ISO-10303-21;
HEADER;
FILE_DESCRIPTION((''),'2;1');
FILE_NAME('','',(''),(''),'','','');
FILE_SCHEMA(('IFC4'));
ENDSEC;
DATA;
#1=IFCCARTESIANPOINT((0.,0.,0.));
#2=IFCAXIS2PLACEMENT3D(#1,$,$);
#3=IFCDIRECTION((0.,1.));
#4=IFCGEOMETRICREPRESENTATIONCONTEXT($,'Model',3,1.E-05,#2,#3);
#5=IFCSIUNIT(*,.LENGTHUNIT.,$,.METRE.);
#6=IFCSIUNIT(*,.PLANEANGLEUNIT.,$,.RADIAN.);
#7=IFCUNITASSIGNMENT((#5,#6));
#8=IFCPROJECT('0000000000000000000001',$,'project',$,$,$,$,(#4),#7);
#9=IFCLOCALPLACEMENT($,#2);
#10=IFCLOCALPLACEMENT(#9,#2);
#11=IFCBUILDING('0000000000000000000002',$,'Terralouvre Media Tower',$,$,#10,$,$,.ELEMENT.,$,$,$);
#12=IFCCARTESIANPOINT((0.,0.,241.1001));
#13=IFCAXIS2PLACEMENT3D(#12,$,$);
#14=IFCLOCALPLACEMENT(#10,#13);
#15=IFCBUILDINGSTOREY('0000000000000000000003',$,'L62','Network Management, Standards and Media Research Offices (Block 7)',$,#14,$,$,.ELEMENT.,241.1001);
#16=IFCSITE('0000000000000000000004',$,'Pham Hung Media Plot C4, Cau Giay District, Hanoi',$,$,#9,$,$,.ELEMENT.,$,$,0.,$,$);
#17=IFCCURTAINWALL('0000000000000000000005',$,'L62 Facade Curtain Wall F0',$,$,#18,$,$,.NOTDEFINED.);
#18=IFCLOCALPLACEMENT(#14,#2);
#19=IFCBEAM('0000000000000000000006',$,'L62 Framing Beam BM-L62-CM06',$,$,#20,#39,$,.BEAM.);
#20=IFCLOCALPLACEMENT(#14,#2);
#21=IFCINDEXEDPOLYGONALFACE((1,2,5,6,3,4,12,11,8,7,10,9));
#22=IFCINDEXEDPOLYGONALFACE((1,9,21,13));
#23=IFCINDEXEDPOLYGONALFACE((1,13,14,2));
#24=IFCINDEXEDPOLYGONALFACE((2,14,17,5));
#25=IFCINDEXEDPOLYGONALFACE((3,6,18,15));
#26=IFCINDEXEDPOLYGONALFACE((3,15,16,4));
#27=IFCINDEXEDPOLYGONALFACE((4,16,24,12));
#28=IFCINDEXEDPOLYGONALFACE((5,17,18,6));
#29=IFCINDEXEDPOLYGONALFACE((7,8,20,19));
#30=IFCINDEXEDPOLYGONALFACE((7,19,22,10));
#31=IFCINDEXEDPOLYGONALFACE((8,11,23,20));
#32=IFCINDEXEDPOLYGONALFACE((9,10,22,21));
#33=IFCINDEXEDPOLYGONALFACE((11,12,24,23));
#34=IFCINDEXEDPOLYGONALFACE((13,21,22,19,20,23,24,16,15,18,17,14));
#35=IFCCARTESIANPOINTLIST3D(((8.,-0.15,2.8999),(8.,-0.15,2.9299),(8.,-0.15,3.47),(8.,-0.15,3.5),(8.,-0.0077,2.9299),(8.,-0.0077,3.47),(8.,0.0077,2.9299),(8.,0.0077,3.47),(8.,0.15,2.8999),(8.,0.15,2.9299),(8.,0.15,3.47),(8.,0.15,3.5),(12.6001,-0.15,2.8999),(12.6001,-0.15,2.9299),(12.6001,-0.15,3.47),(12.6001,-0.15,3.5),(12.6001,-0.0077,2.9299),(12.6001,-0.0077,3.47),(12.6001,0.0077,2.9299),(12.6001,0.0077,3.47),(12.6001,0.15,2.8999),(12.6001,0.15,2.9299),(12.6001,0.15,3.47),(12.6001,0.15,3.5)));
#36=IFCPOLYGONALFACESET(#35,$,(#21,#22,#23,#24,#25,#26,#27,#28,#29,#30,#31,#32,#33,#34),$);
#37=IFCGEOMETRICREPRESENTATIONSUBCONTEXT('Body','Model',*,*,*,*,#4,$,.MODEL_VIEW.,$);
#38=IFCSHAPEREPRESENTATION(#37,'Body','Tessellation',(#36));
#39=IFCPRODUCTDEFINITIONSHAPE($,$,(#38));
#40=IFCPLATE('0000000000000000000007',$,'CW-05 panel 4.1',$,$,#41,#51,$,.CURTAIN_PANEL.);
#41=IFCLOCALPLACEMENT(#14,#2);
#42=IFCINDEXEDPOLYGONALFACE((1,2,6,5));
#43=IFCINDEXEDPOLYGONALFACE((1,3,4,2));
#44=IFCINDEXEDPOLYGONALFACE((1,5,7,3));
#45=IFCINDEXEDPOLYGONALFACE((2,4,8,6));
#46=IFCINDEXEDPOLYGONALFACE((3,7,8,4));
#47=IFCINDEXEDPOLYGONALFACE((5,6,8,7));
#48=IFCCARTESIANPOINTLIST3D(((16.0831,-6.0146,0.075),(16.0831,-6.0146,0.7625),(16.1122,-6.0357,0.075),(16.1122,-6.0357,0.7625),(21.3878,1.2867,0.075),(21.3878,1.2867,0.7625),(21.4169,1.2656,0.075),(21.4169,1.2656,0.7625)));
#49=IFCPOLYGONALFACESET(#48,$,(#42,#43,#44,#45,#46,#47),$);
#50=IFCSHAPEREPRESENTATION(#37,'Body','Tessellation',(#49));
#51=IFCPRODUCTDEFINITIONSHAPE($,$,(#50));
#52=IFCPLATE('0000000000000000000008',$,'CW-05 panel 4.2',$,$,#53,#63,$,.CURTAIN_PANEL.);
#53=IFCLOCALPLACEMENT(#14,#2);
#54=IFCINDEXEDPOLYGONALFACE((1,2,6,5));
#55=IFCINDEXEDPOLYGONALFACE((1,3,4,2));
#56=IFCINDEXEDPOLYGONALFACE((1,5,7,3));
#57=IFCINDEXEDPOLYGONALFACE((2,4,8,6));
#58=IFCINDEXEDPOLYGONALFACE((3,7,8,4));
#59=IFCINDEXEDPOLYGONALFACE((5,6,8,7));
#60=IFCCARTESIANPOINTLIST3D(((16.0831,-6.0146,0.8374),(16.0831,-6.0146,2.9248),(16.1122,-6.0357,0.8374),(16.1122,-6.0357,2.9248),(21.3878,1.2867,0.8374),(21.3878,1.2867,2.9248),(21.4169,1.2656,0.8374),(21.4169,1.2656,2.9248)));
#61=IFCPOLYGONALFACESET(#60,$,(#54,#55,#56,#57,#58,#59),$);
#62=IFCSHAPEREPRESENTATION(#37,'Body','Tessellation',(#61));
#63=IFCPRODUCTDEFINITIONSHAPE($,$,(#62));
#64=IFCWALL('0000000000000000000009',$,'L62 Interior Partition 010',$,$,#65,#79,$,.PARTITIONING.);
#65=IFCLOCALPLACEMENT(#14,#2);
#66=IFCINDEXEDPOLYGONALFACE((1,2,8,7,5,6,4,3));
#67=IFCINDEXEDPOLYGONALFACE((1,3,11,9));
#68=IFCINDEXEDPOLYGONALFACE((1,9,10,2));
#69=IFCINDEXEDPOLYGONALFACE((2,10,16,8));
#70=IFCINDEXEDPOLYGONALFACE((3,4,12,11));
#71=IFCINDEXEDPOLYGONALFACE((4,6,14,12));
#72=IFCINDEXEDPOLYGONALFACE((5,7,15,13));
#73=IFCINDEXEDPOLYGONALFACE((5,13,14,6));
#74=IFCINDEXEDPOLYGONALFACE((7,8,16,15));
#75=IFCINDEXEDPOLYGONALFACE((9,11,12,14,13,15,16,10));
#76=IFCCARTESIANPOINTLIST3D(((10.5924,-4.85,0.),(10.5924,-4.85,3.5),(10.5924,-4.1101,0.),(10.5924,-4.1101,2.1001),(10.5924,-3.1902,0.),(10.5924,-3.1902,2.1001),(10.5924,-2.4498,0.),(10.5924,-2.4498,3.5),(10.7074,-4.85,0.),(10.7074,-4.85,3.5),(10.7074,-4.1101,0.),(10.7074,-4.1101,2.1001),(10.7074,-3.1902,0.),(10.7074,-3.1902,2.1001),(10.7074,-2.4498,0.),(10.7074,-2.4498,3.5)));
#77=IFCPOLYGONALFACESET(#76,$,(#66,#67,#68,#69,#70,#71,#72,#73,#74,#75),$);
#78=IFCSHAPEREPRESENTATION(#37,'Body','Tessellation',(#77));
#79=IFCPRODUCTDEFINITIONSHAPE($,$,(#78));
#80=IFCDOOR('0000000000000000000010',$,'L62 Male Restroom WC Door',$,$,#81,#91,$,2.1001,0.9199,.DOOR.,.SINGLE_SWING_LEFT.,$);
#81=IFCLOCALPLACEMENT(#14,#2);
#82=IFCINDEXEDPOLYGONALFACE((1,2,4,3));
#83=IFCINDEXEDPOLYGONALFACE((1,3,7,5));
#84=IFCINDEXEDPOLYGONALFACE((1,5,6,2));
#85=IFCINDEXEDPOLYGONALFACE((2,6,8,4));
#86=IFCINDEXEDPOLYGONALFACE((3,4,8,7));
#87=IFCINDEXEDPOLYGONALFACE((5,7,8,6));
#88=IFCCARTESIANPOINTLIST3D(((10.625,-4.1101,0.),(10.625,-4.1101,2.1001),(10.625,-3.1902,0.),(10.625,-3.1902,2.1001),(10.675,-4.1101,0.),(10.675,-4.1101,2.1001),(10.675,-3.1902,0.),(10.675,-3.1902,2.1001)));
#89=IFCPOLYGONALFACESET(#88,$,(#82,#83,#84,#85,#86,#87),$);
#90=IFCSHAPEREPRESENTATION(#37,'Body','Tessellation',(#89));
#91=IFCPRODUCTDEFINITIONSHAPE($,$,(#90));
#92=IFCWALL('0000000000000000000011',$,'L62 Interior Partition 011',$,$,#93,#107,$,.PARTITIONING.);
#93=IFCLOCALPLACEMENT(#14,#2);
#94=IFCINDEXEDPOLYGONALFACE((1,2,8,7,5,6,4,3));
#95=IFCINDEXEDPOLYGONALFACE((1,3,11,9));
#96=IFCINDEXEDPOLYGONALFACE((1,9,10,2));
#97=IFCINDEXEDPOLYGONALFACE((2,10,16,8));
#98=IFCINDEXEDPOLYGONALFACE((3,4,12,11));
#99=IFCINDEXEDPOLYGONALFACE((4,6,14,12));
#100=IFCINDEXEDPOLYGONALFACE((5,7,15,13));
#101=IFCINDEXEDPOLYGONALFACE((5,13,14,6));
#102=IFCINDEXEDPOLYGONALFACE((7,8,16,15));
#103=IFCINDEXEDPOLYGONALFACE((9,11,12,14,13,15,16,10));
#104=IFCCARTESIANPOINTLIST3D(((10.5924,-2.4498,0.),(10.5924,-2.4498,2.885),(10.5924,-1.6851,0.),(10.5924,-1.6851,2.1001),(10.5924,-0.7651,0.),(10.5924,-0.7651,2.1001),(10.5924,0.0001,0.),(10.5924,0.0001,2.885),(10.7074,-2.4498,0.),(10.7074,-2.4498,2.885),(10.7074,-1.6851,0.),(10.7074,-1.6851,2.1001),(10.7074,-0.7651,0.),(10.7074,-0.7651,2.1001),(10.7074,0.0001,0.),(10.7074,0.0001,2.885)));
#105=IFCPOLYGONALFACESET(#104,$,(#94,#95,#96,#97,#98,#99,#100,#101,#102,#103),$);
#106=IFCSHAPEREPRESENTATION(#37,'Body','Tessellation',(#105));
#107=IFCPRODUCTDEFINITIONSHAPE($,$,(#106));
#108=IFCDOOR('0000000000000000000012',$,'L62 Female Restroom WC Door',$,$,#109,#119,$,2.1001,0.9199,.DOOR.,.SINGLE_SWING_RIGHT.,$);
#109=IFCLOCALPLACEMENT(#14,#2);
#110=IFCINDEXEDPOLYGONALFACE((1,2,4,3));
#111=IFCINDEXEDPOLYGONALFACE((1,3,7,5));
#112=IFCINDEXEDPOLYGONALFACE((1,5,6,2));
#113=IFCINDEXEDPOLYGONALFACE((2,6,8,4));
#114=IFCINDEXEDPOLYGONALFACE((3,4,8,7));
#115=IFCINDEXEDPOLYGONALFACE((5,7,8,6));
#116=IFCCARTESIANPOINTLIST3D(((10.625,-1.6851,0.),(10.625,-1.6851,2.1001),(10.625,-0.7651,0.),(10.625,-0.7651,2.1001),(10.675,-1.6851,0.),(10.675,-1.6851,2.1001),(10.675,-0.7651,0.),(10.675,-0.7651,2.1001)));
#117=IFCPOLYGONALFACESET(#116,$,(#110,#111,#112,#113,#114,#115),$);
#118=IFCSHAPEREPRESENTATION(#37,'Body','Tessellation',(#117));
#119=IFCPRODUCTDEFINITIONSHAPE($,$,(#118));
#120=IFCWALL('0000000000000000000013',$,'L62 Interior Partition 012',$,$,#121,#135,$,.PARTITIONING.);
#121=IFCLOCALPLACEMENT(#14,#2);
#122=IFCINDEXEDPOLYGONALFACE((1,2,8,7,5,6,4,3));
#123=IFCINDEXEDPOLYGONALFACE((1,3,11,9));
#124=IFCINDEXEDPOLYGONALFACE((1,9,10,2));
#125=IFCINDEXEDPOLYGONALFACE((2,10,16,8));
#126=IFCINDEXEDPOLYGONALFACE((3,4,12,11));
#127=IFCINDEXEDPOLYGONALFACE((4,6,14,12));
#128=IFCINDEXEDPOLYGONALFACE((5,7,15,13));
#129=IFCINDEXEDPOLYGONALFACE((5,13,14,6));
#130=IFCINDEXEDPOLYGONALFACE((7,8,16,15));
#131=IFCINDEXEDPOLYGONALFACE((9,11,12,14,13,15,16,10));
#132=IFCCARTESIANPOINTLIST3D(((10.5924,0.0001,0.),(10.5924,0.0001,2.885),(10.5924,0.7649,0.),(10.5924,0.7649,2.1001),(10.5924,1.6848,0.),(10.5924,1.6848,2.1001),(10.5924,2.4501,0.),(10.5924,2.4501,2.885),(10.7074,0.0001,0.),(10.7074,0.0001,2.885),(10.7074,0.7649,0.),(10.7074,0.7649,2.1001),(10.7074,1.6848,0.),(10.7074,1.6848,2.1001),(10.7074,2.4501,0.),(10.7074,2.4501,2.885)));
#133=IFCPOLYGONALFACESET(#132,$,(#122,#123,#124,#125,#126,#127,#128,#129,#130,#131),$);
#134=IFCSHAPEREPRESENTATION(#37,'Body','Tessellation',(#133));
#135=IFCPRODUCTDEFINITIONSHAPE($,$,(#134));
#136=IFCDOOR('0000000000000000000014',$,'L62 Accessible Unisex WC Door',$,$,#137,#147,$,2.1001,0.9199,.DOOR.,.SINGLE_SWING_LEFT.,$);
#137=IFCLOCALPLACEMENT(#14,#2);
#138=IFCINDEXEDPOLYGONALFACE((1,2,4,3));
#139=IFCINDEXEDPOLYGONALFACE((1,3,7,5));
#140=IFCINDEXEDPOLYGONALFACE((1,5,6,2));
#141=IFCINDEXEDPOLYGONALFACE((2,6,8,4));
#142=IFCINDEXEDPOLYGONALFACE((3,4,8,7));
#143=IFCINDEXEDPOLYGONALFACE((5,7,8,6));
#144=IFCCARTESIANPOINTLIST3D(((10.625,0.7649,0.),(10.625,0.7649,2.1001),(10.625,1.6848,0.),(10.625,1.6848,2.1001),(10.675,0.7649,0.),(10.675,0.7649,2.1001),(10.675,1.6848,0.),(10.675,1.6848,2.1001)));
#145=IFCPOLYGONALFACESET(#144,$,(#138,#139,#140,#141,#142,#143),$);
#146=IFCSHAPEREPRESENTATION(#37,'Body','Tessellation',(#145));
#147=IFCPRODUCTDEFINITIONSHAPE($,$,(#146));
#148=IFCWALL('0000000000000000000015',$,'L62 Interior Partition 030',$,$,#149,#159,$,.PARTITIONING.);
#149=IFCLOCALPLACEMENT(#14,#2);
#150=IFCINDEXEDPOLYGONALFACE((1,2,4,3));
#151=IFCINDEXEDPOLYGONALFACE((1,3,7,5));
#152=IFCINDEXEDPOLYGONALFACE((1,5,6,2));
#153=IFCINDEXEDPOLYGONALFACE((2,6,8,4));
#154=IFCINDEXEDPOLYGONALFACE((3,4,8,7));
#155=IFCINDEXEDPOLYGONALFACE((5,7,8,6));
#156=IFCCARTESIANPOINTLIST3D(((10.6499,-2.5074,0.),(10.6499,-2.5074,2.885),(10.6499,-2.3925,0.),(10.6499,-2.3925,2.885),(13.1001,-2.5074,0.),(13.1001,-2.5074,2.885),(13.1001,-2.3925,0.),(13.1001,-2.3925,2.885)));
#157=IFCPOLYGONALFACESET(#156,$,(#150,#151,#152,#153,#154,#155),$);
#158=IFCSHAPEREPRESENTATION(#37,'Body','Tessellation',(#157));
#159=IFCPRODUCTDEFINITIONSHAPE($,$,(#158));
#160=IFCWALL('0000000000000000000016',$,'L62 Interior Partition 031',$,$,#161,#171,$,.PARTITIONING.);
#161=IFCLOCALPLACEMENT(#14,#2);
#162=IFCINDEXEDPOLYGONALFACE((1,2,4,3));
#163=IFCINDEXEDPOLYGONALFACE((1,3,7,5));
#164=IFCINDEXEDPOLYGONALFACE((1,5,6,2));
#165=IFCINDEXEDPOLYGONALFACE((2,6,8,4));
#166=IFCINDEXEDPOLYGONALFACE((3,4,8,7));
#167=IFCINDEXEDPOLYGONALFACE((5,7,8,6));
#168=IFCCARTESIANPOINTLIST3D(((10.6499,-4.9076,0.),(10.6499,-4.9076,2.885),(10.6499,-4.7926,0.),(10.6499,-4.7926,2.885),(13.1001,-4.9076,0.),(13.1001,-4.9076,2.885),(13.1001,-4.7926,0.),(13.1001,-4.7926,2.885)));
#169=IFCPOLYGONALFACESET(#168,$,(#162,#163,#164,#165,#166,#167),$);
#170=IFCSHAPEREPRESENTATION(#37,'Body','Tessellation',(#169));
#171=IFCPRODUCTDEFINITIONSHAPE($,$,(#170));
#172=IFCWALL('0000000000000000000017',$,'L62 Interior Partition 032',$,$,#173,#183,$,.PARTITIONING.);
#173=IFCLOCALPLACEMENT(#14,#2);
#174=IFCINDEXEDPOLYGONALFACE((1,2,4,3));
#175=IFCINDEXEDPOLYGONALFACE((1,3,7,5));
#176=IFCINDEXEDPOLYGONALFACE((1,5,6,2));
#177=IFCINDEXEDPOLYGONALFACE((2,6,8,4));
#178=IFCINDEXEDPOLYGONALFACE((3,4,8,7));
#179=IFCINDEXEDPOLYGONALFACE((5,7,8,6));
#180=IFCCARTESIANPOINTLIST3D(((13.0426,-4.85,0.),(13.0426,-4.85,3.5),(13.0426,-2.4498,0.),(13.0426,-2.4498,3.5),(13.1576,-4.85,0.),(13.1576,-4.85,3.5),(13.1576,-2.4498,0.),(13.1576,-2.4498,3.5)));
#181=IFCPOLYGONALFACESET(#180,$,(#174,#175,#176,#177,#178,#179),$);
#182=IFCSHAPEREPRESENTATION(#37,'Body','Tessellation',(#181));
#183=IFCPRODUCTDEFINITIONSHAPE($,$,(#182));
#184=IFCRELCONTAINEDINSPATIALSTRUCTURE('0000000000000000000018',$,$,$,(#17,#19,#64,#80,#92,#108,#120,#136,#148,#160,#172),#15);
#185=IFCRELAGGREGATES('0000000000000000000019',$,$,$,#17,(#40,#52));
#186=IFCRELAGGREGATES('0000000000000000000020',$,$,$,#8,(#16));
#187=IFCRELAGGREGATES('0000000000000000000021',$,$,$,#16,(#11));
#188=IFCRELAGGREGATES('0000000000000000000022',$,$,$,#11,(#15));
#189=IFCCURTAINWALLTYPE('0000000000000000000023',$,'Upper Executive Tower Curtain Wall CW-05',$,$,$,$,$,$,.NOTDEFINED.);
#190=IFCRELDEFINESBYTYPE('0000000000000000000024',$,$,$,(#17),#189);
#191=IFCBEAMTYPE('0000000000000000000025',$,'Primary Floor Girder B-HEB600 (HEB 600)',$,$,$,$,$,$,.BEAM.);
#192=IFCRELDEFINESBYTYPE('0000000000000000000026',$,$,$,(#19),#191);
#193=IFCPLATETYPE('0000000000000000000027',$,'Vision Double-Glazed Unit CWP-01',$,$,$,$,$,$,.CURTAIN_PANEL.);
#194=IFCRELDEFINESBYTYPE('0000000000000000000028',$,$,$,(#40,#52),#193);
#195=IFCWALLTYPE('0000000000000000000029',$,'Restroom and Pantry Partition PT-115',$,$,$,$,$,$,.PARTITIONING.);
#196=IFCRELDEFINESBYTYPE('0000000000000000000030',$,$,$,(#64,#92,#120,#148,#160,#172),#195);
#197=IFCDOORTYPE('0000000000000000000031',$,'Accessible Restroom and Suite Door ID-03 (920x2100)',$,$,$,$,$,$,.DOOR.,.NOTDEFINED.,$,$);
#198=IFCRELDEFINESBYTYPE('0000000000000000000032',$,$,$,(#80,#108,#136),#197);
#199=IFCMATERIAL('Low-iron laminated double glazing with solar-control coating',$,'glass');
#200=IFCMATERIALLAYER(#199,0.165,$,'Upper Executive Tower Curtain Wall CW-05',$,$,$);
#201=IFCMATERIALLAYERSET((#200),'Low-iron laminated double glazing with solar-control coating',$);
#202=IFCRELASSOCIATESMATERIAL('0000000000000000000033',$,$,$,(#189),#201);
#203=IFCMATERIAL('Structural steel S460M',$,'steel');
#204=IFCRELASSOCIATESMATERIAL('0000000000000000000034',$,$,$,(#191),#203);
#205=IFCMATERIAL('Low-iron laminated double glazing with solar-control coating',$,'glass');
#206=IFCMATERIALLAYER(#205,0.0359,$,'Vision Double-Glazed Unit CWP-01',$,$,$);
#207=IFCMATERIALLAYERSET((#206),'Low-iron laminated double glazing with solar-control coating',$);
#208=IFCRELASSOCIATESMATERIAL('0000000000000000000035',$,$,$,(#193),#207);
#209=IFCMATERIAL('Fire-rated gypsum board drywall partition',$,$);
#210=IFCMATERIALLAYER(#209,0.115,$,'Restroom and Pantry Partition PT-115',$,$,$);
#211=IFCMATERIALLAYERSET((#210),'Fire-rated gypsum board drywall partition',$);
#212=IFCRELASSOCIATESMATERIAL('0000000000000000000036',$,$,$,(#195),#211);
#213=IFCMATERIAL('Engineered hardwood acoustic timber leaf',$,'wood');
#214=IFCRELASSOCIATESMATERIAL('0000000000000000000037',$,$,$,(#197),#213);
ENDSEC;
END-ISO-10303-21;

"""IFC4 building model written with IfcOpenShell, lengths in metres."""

from ifc_helpers import new_model, si_unit, direction, frame, frame_2d, origin, origin_2d, place, context, subcontext, project, spatial, rectangle, i_section, extrude, material, layer, layer_set, material_profile, profile_set, type_object, element, fill, aggregate, save


model = new_model("IFC4")

# Units and contexts
model_context = context("Model", 3, precision=1e-05, world=origin(), true_north=direction((0.0, 1.0)))
body_context = subcontext(model_context, "Body", "Model", "MODEL_VIEW")
ifc_project = project(units=[si_unit("LENGTHUNIT", "METRE"), si_unit("PLANEANGLEUNIT", "RADIAN")], contexts=[model_context])

# Site, building, storey
site_placement = place(None, origin())
site = spatial("IfcSite", under=ifc_project, at=site_placement, Name="Pham Hung Media Plot C4, Cau Giay District, Hanoi", CompositionType="ELEMENT", RefElevation=0.0)
building_placement = place(site_placement, origin())
building = spatial("IfcBuilding", under=site, at=building_placement, Name="Terralouvre Media Tower", CompositionType="ELEMENT")
storey_placement = place(building_placement, frame((0.0, 0.0, 241.1001)))
storey = spatial("IfcBuildingStorey", under=building, at=storey_placement, Name="L62", Description="Network Management, Standards and Media Research Offices (Block 7)", CompositionType="ELEMENT", Elevation=241.1001)

# Curtain wall
ifc_material_1 = material(Name="Low-iron laminated double glazing with solar-control coating", Category="glass")
ifc_layer_1 = layer(ifc_material_1, 0.165, Name="Upper Executive Tower Curtain Wall CW-05")
ifc_layer_set_1 = layer_set([ifc_layer_1], Name="Low-iron laminated double glazing with solar-control coating")
curtain_wall_type = type_object("IfcCurtainWallType", Name="Upper Executive Tower Curtain Wall CW-05", PredefinedType="NOTDEFINED", material=ifc_layer_set_1)
curtain_wall_placement = place(storey_placement, origin())
curtain_wall = element("IfcCurtainWall", 1, at=curtain_wall_placement, inside=storey, type_object=curtain_wall_type, Name="L62 Facade Curtain Wall F0", PredefinedType="NOTDEFINED")

# Beam
ifc_material_2 = material(Name="Structural steel S460M", Category="steel")
ifc_material_profile_1 = material_profile(ifc_material_2, i_section(OverallWidth=0.3, OverallDepth=0.6001, WebThickness=0.0154, FlangeThickness=0.03, at=origin_2d()), Name="HEB 600")
ifc_profile_set_1 = profile_set([ifc_material_profile_1], Name="Structural steel S460M")
beam_type_1 = type_object("IfcBeamType", Name="Primary Floor Girder B-HEB600 (HEB 600)", PredefinedType="BEAM", material=ifc_profile_set_1)
beam_1_placement = place(storey_placement, frame((8.0, 0.0, 3.2), z_axis=(1.0, 0.0, 0.0), x_axis=(0.0, 1.0, 0.0)))
element("IfcBeam", 2, at=beam_1_placement, inside=storey, type_object=beam_type_1, Name="L62 Framing Beam BM-L62-CM06", PredefinedType="BEAM", context=body_context, shape_type="SweptSolid", body=[
    extrude(i_section(OverallWidth=0.3, OverallDepth=0.6001, WebThickness=0.0154, FlangeThickness=0.03, at=origin_2d()), origin(), (0.0, 0.0, 1.0), 4.6001),
])

# Plates
ifc_material_3 = material(Name="Low-iron laminated double glazing with solar-control coating", Category="glass")
ifc_layer_2 = layer(ifc_material_3, 0.0359, Name="Vision Double-Glazed Unit CWP-01")
ifc_layer_set_2 = layer_set([ifc_layer_2], Name="Low-iron laminated double glazing with solar-control coating")
plate_type = type_object("IfcPlateType", Name="Vision Double-Glazed Unit CWP-01", PredefinedType="CURTAIN_PANEL", material=ifc_layer_set_2)
plate_1_placement = place(storey_placement, frame((18.75, -2.3745, 0.075), z_axis=(0.0, 0.0, 1.0), x_axis=(0.587785, 0.809017, 0.0)))
plate_1 = element("IfcPlate", 3, at=plate_1_placement, type_object=plate_type, Name="CW-05 panel 4.1", PredefinedType="CURTAIN_PANEL", context=body_context, shape_type="SweptSolid", body=[
    extrude(rectangle(XDim=9.0249, YDim=0.0359, at=origin_2d()), origin(), (0.0, 0.0, 1.0), 0.6875),
])
plate_2_placement = place(storey_placement, frame((18.75, -2.3745, 0.8374), z_axis=(0.0, 0.0, 1.0), x_axis=(0.587785, 0.809017, 0.0)))
plate_2 = element("IfcPlate", 4, at=plate_2_placement, type_object=plate_type, Name="CW-05 panel 4.2", PredefinedType="CURTAIN_PANEL", context=body_context, shape_type="SweptSolid", body=[
    extrude(rectangle(XDim=9.0249, YDim=0.0359, at=origin_2d()), origin(), (0.0, 0.0, 1.0), 2.0874),
])
aggregate(curtain_wall, [plate_1, plate_2])

# Walls, openings, doors
ifc_material_4 = material(Name="Fire-rated gypsum board drywall partition")
ifc_layer_3 = layer(ifc_material_4, 0.115, Name="Restroom and Pantry Partition PT-115")
ifc_layer_set_3 = layer_set([ifc_layer_3], Name="Fire-rated gypsum board drywall partition")
wall_type = type_object("IfcWallType", Name="Restroom and Pantry Partition PT-115", PredefinedType="PARTITIONING", material=ifc_layer_set_3)
wall_1_placement = place(storey_placement, frame((10.6499, -4.8501, 0.0), z_axis=(0.0, 0.0, 1.0), x_axis=(0.0, 1.0, 0.0)))
wall_1 = element("IfcWall", 5, at=wall_1_placement, inside=storey, type_object=wall_type, Name="L62 Interior Partition 010", PredefinedType="PARTITIONING", context=body_context, shape_type="SweptSolid", body=[
    extrude(rectangle(XDim=2.4001, YDim=0.115, at=frame_2d((1.2002, 0.0))), origin(), (0.0, 0.0, 1.0), 3.5),
])
opening_1_placement = place(wall_1_placement, frame((0.74, 0.0, 0.0)))
opening_1 = element("IfcOpeningElement", 6, at=opening_1_placement, cuts=wall_1, PredefinedType="OPENING", context=body_context, shape_type="SweptSolid", body=[
    extrude(rectangle(XDim=0.9199, YDim=2.1001, at=frame_2d((0.46, 1.05))), frame((0.0, 0.0674, 0.0), z_axis=(0.0, -1.0, 0.0), x_axis=(1.0, 0.0, 0.0)), (0.0, 0.0, 1.0), 0.135),
])
ifc_material_5 = material(Name="Engineered hardwood acoustic timber leaf", Category="wood")
door_type = type_object("IfcDoorType", Name="Accessible Restroom and Suite Door ID-03 (920x2100)", OperationType="NOTDEFINED", PredefinedType="DOOR", material=ifc_material_5)
door_1_placement = place(opening_1_placement, origin())
door_1 = element("IfcDoor", 7, at=door_1_placement, inside=storey, type_object=door_type, Name="L62 Male Restroom WC Door", OperationType="SINGLE_SWING_LEFT", OverallHeight=2.1001, OverallWidth=0.9199, PredefinedType="DOOR", context=body_context, shape_type="SweptSolid", body=[
    extrude(rectangle(XDim=0.9199, YDim=2.1001, at=frame_2d((0.46, 1.05))), frame((0.0, 0.0249, 0.0), z_axis=(0.0, -1.0, 0.0), x_axis=(1.0, 0.0, 0.0)), (0.0, 0.0, 1.0), 0.05),
])
fill(opening_1, door_1)
wall_2_placement = place(storey_placement, frame((10.6499, -2.45, 0.0), z_axis=(0.0, 0.0, 1.0), x_axis=(0.0, 1.0, 0.0)))
wall_2 = element("IfcWall", 8, at=wall_2_placement, inside=storey, type_object=wall_type, Name="L62 Interior Partition 011", PredefinedType="PARTITIONING", context=body_context, shape_type="SweptSolid", body=[
    extrude(rectangle(XDim=2.45, YDim=0.115, at=frame_2d((1.2251, 0.0))), origin(), (0.0, 0.0, 1.0), 2.885),
])
opening_2_placement = place(wall_2_placement, frame((0.7649, 0.0, 0.0)))
opening_2 = element("IfcOpeningElement", 9, at=opening_2_placement, cuts=wall_2, PredefinedType="OPENING", context=body_context, shape_type="SweptSolid", body=[
    extrude(rectangle(XDim=0.9199, YDim=2.1001, at=frame_2d((0.46, 1.05))), frame((0.0, 0.0674, 0.0), z_axis=(0.0, -1.0, 0.0), x_axis=(1.0, 0.0, 0.0)), (0.0, 0.0, 1.0), 0.135),
])
door_2_placement = place(opening_2_placement, origin())
door_2 = element("IfcDoor", 10, at=door_2_placement, inside=storey, type_object=door_type, Name="L62 Female Restroom WC Door", OperationType="SINGLE_SWING_RIGHT", OverallHeight=2.1001, OverallWidth=0.9199, PredefinedType="DOOR", context=body_context, shape_type="SweptSolid", body=[
    extrude(rectangle(XDim=0.9199, YDim=2.1001, at=frame_2d((0.46, 1.05))), frame((0.0, 0.0249, 0.0), z_axis=(0.0, -1.0, 0.0), x_axis=(1.0, 0.0, 0.0)), (0.0, 0.0, 1.0), 0.05),
])
fill(opening_2, door_2)
wall_3_placement = place(storey_placement, frame((10.6499, 0.0, 0.0), z_axis=(0.0, 0.0, 1.0), x_axis=(0.0, 1.0, 0.0)))
wall_3 = element("IfcWall", 11, at=wall_3_placement, inside=storey, type_object=wall_type, Name="L62 Interior Partition 012", PredefinedType="PARTITIONING", context=body_context, shape_type="SweptSolid", body=[
    extrude(rectangle(XDim=2.45, YDim=0.115, at=frame_2d((1.2251, 0.0))), origin(), (0.0, 0.0, 1.0), 2.885),
])
opening_3_placement = place(wall_3_placement, frame((0.7649, 0.0, 0.0)))
opening_3 = element("IfcOpeningElement", 12, at=opening_3_placement, cuts=wall_3, PredefinedType="OPENING", context=body_context, shape_type="SweptSolid", body=[
    extrude(rectangle(XDim=0.9199, YDim=2.1001, at=frame_2d((0.46, 1.05))), frame((0.0, 0.0674, 0.0), z_axis=(0.0, -1.0, 0.0), x_axis=(1.0, 0.0, 0.0)), (0.0, 0.0, 1.0), 0.135),
])
door_3_placement = place(opening_3_placement, origin())
door_3 = element("IfcDoor", 13, at=door_3_placement, inside=storey, type_object=door_type, Name="L62 Accessible Unisex WC Door", OperationType="SINGLE_SWING_LEFT", OverallHeight=2.1001, OverallWidth=0.9199, PredefinedType="DOOR", context=body_context, shape_type="SweptSolid", body=[
    extrude(rectangle(XDim=0.9199, YDim=2.1001, at=frame_2d((0.46, 1.05))), frame((0.0, 0.0249, 0.0), z_axis=(0.0, -1.0, 0.0), x_axis=(1.0, 0.0, 0.0)), (0.0, 0.0, 1.0), 0.05),
])
fill(opening_3, door_3)

# Walls
for number, where, z_axis, x_axis, name in (
    (14, (13.1001, -2.45, 0.0), (0.0, 0.0, 1.0), (-1.0, 0.0, 0.0), "L62 Interior Partition 030"),
    (15, (10.6499, -4.8501, 0.0), (0.0, 0.0, 1.0), (1.0, 0.0, 0.0), "L62 Interior Partition 031"),
):
    element("IfcWall", number, at=place(storey_placement, frame(where, z_axis=z_axis, x_axis=x_axis)), inside=storey, type_object=wall_type, Name=name, PredefinedType="PARTITIONING", context=body_context, shape_type="SweptSolid", body=[
        extrude(rectangle(XDim=2.4502, YDim=0.115, at=frame_2d((1.2251, 0.0))), origin(), (0.0, 0.0, 1.0), 2.885),
    ])
wall_4_placement = place(storey_placement, frame((13.1001, -4.8501, 0.0), z_axis=(0.0, 0.0, 1.0), x_axis=(0.0, 1.0, 0.0)))
element("IfcWall", 16, at=wall_4_placement, inside=storey, type_object=wall_type, Name="L62 Interior Partition 032", PredefinedType="PARTITIONING", context=body_context, shape_type="SweptSolid", body=[
    extrude(rectangle(XDim=2.4001, YDim=0.115, at=frame_2d((1.2002, 0.0))), origin(), (0.0, 0.0, 1.0), 3.5),
])

save(model, "model.ifc")
